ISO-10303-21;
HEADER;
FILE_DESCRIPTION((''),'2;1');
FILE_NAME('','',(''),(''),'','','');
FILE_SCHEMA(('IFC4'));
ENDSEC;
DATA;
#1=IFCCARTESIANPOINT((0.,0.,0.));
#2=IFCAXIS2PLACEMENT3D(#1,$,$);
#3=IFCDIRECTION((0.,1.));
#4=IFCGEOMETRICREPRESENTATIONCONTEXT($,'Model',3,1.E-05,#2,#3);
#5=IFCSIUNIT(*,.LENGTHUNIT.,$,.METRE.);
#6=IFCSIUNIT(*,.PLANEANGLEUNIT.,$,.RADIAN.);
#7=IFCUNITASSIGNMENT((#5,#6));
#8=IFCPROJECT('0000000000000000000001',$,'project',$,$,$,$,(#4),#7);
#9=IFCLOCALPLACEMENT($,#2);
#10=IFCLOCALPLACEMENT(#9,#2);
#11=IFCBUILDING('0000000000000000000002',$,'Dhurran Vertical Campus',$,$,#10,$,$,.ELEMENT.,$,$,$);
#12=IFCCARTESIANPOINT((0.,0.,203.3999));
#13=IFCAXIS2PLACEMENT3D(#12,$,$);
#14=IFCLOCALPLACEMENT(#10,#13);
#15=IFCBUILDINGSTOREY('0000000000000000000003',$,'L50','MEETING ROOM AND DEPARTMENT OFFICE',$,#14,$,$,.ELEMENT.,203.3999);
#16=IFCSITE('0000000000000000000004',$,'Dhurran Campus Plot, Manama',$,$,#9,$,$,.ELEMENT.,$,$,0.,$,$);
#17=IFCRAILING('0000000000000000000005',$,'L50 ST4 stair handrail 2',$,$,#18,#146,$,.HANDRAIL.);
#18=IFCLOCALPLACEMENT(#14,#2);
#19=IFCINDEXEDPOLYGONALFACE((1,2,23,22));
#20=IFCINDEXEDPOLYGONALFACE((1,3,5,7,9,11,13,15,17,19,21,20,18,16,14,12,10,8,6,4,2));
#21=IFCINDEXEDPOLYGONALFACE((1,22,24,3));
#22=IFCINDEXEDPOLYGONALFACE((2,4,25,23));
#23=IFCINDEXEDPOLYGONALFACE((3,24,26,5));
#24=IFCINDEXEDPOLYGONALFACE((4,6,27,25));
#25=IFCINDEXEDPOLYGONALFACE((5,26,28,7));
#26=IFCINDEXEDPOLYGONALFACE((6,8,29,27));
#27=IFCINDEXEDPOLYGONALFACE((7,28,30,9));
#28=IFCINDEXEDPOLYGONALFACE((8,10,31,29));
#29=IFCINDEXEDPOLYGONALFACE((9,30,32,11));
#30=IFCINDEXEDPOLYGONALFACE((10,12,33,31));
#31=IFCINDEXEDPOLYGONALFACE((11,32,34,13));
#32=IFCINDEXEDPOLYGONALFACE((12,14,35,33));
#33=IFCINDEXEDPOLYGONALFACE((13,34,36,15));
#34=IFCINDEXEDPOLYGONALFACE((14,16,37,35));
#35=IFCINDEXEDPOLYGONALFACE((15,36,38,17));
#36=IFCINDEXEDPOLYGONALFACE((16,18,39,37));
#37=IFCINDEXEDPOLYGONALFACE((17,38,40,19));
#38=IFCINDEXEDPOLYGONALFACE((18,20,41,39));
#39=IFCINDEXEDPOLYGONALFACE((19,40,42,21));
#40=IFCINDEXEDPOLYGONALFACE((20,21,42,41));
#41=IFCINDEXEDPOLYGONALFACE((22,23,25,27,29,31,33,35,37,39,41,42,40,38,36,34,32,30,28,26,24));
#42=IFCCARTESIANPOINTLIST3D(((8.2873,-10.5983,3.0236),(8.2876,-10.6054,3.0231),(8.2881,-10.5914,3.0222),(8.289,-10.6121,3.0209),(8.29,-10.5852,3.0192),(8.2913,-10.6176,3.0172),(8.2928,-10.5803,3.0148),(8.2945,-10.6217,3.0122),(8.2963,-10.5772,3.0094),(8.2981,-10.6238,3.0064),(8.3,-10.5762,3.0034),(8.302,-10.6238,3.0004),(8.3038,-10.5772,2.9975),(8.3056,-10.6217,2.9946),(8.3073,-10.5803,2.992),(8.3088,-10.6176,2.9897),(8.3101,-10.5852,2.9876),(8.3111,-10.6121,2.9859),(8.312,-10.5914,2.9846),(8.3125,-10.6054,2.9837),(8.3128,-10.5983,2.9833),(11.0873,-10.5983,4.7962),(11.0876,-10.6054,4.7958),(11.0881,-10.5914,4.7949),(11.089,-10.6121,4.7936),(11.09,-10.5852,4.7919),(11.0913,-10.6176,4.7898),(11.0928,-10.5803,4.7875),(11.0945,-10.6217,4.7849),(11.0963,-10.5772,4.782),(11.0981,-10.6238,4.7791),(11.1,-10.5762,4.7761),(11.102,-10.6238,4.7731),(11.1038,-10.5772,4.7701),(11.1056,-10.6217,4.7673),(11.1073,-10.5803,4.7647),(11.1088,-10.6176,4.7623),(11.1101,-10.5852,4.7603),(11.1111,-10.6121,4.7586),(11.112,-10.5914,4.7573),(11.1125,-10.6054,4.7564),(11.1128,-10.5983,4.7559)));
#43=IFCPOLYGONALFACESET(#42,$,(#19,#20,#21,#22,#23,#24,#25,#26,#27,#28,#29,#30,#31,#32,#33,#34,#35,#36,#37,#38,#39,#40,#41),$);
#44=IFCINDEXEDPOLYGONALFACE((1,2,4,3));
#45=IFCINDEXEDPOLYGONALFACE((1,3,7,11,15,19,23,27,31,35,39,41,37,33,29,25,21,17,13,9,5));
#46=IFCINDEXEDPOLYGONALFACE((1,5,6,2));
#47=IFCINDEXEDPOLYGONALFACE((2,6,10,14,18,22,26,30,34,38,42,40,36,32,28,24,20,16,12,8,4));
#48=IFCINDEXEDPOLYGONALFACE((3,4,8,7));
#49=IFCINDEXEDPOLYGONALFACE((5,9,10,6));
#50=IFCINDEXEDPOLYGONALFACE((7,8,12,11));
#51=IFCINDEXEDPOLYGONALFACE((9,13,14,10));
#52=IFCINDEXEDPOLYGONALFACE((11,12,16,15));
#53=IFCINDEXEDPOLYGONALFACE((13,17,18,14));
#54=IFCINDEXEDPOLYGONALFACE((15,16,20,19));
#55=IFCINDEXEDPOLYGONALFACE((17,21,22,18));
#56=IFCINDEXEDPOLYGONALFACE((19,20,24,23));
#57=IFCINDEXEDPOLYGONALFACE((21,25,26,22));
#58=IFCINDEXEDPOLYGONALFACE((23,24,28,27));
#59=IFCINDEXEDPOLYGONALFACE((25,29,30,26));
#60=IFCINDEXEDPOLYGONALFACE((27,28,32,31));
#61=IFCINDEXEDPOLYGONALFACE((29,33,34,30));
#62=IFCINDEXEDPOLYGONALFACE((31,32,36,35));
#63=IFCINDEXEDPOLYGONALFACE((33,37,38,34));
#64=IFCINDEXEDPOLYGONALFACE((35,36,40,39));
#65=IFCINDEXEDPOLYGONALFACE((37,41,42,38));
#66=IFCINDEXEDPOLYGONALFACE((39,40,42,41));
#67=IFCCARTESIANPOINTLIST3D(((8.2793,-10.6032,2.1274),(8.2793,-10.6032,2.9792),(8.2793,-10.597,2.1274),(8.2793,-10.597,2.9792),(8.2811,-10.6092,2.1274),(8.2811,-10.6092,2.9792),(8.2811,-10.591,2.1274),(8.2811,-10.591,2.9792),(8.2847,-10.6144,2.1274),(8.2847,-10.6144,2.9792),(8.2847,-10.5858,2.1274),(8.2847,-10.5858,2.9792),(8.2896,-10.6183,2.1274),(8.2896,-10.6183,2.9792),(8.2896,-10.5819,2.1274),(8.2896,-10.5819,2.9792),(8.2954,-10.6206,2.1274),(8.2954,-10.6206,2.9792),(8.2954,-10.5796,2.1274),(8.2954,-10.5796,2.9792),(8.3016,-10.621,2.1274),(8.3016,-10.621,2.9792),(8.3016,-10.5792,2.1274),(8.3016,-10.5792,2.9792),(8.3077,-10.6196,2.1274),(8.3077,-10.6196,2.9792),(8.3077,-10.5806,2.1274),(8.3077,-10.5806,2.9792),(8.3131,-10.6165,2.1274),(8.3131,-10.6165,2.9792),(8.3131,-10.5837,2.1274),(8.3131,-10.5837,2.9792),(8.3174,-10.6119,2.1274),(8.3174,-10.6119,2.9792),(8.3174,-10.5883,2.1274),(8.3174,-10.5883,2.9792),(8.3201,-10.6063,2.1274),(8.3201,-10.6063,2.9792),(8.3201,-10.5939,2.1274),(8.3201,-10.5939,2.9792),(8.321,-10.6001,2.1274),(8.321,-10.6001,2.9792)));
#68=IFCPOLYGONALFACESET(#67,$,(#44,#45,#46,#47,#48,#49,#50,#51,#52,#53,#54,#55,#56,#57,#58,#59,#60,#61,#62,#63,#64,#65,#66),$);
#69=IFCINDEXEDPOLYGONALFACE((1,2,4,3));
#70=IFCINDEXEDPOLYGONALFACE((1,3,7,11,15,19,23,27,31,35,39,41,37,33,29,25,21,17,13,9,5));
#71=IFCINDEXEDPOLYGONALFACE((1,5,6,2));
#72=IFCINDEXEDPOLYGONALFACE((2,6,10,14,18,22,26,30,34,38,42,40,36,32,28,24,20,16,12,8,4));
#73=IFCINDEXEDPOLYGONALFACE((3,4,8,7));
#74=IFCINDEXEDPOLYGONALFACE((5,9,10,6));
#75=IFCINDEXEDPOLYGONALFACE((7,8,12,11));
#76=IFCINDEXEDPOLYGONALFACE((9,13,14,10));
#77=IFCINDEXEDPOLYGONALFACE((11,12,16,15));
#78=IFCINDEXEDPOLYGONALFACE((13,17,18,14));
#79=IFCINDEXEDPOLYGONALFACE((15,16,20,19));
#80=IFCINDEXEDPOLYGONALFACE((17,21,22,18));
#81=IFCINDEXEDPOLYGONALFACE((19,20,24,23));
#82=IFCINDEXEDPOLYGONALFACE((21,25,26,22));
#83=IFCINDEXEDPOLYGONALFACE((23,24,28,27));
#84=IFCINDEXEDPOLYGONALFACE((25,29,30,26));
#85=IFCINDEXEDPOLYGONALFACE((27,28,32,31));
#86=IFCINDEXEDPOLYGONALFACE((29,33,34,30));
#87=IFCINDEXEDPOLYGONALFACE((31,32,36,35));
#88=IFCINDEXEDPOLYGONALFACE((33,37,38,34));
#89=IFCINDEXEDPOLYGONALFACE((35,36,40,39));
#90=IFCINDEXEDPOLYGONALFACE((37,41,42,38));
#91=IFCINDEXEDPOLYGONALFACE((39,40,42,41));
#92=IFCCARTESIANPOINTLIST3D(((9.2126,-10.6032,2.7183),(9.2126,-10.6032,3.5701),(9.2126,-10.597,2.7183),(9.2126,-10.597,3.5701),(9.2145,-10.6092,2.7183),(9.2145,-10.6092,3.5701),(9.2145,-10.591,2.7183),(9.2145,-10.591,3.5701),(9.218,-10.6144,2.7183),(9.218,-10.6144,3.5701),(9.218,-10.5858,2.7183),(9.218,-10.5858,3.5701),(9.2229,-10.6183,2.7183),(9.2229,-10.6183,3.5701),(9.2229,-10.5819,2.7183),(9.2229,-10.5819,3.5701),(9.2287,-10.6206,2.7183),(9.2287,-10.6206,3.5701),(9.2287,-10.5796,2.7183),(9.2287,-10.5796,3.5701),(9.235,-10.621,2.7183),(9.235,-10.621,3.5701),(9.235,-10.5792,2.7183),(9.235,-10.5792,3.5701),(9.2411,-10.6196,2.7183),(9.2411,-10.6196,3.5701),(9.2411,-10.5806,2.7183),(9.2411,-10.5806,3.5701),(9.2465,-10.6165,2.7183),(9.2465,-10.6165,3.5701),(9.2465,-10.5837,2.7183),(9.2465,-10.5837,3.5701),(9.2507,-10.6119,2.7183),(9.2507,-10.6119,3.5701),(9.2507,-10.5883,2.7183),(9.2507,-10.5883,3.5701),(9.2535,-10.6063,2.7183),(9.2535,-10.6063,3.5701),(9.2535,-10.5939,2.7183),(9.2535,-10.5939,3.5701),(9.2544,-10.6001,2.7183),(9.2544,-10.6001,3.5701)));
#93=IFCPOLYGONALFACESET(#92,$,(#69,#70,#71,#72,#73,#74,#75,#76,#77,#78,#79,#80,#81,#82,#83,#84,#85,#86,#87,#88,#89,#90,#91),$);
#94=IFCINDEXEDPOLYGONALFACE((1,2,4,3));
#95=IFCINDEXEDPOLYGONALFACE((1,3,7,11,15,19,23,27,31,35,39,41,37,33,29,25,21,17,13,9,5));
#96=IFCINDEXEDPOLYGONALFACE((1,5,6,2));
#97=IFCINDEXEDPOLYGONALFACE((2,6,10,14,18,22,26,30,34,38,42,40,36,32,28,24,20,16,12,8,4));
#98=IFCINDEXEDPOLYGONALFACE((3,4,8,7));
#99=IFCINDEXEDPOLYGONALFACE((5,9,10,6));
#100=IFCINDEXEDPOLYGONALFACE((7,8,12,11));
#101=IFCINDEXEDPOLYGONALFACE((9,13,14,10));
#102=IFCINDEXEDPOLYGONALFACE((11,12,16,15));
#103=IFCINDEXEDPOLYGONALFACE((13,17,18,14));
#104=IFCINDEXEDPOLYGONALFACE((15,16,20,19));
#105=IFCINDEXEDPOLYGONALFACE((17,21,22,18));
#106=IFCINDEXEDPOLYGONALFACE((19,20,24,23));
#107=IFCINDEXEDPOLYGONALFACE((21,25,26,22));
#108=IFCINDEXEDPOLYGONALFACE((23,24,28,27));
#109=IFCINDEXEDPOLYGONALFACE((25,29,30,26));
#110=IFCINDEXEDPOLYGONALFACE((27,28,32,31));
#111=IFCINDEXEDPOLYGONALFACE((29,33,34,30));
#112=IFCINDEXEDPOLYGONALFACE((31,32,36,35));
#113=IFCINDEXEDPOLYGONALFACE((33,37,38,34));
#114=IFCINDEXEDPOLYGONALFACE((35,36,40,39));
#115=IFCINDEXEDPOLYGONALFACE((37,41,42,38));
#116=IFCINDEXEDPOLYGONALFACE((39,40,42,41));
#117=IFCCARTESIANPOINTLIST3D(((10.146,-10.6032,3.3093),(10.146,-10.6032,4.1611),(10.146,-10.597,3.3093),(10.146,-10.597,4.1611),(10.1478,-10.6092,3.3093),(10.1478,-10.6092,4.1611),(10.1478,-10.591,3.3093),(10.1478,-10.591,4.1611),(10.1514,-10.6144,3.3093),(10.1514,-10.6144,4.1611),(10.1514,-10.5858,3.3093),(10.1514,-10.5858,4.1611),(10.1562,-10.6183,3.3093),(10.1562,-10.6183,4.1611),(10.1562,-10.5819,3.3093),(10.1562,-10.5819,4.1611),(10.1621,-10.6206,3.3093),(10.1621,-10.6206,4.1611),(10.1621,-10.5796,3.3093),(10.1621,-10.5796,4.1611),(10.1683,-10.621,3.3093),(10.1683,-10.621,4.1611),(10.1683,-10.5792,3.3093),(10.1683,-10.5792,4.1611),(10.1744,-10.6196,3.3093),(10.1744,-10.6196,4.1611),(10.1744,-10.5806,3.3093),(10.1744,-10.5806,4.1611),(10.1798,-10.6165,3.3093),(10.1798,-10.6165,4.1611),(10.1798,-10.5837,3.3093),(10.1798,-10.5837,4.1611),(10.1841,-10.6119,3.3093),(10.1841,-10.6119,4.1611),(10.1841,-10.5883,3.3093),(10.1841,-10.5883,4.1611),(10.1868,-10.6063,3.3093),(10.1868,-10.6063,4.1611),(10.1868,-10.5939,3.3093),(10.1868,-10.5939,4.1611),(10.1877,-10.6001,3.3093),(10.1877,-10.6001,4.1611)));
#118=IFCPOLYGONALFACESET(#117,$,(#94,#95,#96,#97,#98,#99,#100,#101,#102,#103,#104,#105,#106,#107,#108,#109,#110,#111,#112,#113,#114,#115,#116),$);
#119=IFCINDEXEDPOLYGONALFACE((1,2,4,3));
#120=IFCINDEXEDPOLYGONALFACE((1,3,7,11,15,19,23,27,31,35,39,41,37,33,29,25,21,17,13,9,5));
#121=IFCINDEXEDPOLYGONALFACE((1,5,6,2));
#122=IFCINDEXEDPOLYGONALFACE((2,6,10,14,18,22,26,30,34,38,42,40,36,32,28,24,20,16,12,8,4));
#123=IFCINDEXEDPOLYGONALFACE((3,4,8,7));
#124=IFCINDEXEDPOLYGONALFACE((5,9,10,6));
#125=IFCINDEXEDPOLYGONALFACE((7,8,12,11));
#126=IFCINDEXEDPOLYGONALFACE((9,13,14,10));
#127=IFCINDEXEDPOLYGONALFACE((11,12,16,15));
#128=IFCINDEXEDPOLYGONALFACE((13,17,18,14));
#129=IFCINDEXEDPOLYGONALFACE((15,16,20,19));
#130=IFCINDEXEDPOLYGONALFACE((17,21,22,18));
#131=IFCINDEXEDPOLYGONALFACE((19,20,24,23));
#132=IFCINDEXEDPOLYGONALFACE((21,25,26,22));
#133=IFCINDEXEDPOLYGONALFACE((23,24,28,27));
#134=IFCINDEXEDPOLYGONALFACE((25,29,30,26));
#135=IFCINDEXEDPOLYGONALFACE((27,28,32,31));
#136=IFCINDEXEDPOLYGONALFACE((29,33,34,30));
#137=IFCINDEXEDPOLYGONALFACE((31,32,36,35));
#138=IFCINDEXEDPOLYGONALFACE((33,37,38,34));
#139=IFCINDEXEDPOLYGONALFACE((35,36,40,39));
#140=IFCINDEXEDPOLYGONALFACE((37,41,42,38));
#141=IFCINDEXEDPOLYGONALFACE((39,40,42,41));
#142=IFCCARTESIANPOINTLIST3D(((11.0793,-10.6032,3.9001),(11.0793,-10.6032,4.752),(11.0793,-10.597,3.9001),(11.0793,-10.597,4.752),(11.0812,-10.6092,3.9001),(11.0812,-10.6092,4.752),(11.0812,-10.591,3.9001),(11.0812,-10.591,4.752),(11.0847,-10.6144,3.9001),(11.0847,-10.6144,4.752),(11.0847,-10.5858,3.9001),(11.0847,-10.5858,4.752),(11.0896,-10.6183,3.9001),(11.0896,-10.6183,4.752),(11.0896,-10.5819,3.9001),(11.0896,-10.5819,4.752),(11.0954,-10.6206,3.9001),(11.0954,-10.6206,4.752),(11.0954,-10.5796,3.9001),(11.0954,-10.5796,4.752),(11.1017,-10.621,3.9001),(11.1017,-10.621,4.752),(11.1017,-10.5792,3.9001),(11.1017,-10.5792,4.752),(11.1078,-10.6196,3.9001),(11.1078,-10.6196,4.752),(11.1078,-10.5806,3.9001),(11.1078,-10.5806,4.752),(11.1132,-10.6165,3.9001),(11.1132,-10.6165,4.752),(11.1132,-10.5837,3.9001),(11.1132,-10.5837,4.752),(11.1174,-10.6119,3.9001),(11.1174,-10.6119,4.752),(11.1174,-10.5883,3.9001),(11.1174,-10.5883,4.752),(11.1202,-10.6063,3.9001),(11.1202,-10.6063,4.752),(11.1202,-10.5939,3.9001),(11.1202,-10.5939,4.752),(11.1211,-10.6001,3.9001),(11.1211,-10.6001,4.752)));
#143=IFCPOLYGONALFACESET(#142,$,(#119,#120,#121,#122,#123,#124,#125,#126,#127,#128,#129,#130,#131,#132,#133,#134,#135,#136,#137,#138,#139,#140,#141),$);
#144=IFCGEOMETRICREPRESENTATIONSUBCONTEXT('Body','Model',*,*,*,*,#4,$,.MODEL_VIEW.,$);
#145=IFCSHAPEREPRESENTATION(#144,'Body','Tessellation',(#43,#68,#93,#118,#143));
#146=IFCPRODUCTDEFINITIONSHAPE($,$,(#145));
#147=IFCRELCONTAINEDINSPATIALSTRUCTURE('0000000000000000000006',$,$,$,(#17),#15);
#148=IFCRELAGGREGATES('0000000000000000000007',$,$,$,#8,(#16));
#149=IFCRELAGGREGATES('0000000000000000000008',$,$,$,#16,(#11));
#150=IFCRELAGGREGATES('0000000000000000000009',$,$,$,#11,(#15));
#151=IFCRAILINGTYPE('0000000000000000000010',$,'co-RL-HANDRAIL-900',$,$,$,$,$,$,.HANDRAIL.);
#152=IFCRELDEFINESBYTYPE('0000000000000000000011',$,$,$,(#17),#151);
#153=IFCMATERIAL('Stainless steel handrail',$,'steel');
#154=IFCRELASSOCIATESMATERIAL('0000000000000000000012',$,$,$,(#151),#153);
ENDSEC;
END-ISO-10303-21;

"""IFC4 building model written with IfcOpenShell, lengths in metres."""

from ifc_helpers import new_model, si_unit, direction, frame, origin, origin_2d, place, context, subcontext, project, spatial, circle, extrude, material, type_object, element, save


model = new_model("IFC4")

# Units and contexts
model_context = context("Model", 3, precision=1e-05, world=origin(), true_north=direction((0.0, 1.0)))
body_context = subcontext(model_context, "Body", "Model", "MODEL_VIEW")
ifc_project = project(units=[si_unit("LENGTHUNIT", "METRE"), si_unit("PLANEANGLEUNIT", "RADIAN")], contexts=[model_context])

# Site, building, storey
site_placement = place(None, origin())
site = spatial("IfcSite", under=ifc_project, at=site_placement, Name="Dhurran Campus Plot, Manama", CompositionType="ELEMENT", RefElevation=0.0)
building_placement = place(site_placement, origin())
building = spatial("IfcBuilding", under=site, at=building_placement, Name="Dhurran Vertical Campus", CompositionType="ELEMENT")
storey_placement = place(building_placement, frame((0.0, 0.0, 203.3999)))
storey = spatial("IfcBuildingStorey", under=building, at=storey_placement, Name="L50", Description="MEETING ROOM AND DEPARTMENT OFFICE", CompositionType="ELEMENT", Elevation=203.3999)

# Railing
ifc_material_1 = material(Name="Stainless steel handrail", Category="steel")
railing_type_1 = type_object("IfcRailingType", Name="co-RL-HANDRAIL-900", PredefinedType="HANDRAIL", material=ifc_material_1)
railing_1_placement = place(storey_placement, frame((8.3, -10.6001, 2.1274)))
element("IfcRailing", 1, at=railing_1_placement, inside=storey, type_object=railing_type_1, Name="L50 ST4 stair handrail 2", PredefinedType="HANDRAIL", context=body_context, shape_type="SweptSolid", body=[
    extrude(circle(Radius=0.0239, at=origin_2d()), frame((0.0, 0.0, 0.876), z_axis=(0.844909, 0.0, 0.53491), x_axis=(0.0, 1.0, 0.0)), (0.0, 0.0, 1.0), 3.314),
    extrude(circle(Radius=0.021, at=origin_2d()), origin(), (0.0, 0.0, 1.0), 0.8518),
    extrude(circle(Radius=0.021, at=origin_2d()), frame((0.9333, 0.0, 0.5908)), (0.0, 0.0, 1.0), 0.8518),
    extrude(circle(Radius=0.021, at=origin_2d()), frame((1.8667, 0.0, 1.1819)), (0.0, 0.0, 1.0), 0.8518),
    extrude(circle(Radius=0.021, at=origin_2d()), frame((2.8, 0.0, 1.7727)), (0.0, 0.0, 1.0), 0.8518),
])

save(model, "model.ifc")
